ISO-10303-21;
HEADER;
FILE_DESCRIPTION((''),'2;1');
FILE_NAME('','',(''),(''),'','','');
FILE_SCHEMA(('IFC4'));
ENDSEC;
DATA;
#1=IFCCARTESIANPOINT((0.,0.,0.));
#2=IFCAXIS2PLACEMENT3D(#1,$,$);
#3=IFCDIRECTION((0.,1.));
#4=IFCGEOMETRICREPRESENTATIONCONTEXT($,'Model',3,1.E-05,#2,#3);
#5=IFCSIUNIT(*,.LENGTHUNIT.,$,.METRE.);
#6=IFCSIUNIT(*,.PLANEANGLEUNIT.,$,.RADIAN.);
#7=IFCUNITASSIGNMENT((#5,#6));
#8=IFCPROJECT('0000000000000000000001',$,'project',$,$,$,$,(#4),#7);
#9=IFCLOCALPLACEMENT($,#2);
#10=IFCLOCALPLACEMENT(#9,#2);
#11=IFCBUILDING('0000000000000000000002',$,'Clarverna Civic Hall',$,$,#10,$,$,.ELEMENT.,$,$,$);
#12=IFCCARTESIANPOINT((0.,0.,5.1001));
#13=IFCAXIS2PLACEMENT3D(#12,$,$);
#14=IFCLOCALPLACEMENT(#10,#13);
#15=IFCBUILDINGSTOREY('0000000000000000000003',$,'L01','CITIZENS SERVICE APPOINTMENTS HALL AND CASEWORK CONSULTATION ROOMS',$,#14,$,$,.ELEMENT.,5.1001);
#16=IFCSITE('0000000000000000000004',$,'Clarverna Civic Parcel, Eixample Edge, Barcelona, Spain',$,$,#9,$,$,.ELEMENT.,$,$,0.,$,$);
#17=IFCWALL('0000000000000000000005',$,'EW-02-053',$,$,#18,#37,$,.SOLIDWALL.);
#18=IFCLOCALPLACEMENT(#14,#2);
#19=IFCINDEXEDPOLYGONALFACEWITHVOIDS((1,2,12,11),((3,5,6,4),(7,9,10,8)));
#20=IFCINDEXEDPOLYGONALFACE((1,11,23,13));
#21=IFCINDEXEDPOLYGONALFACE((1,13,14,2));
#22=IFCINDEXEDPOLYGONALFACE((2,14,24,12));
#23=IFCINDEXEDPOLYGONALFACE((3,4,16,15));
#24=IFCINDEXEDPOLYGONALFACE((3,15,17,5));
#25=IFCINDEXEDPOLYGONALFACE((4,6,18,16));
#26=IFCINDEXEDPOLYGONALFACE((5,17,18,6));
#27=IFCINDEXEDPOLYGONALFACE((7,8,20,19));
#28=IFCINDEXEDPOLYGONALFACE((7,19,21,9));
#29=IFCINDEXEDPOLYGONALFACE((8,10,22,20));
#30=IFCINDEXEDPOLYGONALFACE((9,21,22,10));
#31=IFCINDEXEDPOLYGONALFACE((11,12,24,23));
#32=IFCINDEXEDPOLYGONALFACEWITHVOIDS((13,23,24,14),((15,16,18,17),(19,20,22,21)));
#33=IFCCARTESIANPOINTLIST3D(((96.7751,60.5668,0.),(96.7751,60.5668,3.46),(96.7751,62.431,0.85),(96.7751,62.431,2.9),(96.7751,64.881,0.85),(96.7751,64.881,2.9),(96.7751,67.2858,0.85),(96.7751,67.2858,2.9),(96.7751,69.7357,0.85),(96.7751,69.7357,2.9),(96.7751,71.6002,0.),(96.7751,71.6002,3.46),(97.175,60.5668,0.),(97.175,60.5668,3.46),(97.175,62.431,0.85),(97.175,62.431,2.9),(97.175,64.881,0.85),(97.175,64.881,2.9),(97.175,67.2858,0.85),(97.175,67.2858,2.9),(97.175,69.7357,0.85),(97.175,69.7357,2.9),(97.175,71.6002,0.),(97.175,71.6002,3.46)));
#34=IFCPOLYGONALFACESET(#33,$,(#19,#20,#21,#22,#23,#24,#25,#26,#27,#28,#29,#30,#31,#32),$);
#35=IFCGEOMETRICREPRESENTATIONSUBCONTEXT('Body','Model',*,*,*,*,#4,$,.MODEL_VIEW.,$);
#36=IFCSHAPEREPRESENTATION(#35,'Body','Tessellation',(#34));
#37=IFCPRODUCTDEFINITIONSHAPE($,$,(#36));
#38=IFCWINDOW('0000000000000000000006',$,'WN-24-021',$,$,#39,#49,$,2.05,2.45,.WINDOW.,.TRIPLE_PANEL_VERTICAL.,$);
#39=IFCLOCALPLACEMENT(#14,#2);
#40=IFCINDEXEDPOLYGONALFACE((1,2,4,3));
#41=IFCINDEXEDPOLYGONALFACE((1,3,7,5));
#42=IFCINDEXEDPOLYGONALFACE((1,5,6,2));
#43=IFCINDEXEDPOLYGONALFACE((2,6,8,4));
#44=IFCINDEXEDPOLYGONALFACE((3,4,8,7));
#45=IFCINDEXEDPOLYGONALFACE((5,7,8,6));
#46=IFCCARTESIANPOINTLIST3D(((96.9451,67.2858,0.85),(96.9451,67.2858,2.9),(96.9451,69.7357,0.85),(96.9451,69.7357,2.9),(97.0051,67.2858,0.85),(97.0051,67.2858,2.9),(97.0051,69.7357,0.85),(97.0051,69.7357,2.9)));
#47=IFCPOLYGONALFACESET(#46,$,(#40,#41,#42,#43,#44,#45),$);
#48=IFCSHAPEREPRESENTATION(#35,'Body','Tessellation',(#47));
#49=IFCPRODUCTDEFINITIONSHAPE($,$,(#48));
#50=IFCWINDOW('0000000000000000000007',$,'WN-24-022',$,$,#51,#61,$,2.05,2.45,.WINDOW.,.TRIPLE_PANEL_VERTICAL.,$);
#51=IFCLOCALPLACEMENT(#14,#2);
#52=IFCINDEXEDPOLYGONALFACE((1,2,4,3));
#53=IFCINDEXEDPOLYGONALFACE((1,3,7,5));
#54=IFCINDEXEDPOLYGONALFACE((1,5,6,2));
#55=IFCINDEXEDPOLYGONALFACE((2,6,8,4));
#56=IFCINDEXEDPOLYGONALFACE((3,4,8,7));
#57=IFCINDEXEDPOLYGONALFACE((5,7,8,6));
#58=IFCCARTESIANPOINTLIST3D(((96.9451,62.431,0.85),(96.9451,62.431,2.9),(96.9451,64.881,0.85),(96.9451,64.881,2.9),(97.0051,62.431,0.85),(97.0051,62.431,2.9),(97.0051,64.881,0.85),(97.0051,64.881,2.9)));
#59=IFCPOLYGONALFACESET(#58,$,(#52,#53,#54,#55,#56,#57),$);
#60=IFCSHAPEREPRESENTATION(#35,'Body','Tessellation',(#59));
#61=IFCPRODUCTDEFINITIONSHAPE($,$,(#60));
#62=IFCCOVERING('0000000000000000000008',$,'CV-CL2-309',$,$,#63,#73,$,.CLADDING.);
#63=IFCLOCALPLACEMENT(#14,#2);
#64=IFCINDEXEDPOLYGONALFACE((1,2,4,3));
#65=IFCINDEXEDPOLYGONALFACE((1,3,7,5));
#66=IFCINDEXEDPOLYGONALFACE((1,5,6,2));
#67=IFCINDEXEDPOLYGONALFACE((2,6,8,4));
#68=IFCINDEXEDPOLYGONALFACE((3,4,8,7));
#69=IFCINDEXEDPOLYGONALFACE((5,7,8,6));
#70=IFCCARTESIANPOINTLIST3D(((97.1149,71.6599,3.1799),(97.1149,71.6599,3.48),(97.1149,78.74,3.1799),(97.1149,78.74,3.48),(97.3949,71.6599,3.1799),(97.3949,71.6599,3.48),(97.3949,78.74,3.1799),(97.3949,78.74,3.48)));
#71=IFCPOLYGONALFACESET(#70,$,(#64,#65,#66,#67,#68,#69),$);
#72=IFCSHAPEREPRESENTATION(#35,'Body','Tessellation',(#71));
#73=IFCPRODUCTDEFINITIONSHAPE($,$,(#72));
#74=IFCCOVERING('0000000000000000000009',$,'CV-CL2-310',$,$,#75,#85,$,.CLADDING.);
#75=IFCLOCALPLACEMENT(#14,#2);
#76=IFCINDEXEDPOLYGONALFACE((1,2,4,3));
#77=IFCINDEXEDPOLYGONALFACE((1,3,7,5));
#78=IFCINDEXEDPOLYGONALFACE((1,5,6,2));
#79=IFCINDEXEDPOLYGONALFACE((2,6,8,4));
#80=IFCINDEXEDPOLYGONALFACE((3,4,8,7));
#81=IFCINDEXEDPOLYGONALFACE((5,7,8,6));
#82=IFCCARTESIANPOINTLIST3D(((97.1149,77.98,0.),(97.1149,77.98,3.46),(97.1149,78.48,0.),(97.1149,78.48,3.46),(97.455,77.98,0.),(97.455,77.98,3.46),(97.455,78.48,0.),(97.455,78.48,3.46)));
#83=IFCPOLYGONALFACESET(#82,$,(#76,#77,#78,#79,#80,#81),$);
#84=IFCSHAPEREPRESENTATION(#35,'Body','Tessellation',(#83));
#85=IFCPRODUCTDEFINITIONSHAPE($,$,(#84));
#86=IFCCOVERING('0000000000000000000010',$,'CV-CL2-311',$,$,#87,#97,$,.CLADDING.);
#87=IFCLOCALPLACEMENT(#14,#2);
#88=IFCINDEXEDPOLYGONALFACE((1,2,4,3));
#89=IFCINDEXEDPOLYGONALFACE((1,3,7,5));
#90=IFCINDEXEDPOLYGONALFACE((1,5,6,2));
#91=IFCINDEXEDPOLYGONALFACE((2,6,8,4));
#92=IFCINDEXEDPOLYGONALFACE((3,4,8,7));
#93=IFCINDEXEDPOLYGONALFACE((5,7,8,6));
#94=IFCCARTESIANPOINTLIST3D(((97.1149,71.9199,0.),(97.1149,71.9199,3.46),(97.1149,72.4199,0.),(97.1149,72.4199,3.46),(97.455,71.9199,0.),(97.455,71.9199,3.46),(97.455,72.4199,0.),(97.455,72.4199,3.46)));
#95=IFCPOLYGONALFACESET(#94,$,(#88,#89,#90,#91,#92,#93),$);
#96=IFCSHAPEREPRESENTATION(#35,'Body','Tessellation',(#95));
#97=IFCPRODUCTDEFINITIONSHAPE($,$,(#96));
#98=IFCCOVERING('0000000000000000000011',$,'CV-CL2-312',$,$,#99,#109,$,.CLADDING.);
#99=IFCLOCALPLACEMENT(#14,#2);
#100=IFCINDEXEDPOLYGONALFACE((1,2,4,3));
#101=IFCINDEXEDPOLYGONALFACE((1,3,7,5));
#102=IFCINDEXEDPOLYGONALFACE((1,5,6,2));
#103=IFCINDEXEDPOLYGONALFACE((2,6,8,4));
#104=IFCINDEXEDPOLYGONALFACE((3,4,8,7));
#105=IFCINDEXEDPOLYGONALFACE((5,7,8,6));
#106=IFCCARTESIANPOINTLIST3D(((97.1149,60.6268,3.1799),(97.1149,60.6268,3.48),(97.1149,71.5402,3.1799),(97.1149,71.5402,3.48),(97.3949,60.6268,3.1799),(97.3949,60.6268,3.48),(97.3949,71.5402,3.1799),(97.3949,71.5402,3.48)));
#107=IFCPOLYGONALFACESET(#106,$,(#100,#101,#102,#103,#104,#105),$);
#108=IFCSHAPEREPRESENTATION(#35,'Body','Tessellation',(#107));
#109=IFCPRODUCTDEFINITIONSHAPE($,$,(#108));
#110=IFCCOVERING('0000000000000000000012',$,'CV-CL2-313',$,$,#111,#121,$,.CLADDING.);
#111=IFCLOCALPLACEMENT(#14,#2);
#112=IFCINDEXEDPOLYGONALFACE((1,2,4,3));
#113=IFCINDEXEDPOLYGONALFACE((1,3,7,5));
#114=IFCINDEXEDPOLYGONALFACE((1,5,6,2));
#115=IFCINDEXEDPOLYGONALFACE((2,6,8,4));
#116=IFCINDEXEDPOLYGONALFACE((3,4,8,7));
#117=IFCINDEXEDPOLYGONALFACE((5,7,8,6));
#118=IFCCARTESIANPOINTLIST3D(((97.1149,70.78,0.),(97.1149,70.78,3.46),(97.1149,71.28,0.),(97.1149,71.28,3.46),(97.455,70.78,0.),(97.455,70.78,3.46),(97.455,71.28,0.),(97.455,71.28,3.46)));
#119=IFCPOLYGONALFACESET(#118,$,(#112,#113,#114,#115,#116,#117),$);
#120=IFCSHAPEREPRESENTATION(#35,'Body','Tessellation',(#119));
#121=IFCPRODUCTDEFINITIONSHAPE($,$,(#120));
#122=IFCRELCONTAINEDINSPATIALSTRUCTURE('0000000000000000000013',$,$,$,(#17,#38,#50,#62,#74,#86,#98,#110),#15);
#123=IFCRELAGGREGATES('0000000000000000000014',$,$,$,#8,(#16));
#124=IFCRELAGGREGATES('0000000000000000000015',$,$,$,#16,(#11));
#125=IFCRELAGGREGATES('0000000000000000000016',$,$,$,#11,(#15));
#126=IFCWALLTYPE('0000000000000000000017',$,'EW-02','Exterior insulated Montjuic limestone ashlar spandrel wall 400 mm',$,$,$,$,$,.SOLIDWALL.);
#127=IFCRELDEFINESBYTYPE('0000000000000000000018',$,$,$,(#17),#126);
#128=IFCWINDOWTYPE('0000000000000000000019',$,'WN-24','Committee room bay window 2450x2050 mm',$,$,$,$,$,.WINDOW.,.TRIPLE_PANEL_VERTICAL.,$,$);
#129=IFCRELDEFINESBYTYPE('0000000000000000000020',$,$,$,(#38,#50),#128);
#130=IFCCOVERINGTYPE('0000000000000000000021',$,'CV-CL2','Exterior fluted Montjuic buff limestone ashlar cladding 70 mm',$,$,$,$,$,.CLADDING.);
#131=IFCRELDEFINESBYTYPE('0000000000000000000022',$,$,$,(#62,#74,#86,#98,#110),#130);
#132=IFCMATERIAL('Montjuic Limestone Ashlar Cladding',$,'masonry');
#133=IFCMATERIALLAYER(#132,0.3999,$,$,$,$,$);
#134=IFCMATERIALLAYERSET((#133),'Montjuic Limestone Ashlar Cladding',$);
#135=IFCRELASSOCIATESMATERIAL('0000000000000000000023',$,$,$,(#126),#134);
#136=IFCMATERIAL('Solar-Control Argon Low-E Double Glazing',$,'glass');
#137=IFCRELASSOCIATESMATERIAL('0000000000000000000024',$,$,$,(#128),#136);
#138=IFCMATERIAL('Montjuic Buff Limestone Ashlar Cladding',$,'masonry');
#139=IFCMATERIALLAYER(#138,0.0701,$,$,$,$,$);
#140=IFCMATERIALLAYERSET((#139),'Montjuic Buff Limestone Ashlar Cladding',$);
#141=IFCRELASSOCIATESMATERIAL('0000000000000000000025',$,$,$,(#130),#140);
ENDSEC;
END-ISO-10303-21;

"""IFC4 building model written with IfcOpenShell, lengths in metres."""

from ifc_helpers import new_model, si_unit, direction, frame, frame_2d, origin, place, context, subcontext, project, spatial, rectangle, extrude, material, layer, layer_set, type_object, element, fill, save


model = new_model("IFC4")

# Units and contexts
model_context = context("Model", 3, precision=1e-05, world=origin(), true_north=direction((0.0, 1.0)))
body_context = subcontext(model_context, "Body", "Model", "MODEL_VIEW")
ifc_project = project(units=[si_unit("LENGTHUNIT", "METRE"), si_unit("PLANEANGLEUNIT", "RADIAN")], contexts=[model_context])

# Site, building, storey
site_placement = place(None, origin())
site = spatial("IfcSite", under=ifc_project, at=site_placement, Name="Clarverna Civic Parcel, Eixample Edge, Barcelona, Spain", CompositionType="ELEMENT", RefElevation=0.0)
building_placement = place(site_placement, origin())
building = spatial("IfcBuilding", under=site, at=building_placement, Name="Clarverna Civic Hall", CompositionType="ELEMENT")
storey_placement = place(building_placement, frame((0.0, 0.0, 5.1001)))
storey = spatial("IfcBuildingStorey", under=building, at=storey_placement, Name="L01", Description="CITIZENS SERVICE APPOINTMENTS HALL AND CASEWORK CONSULTATION ROOMS", CompositionType="ELEMENT", Elevation=5.1001)

# Shared definitions
ifc_material_1 = material(Name="Solar-Control Argon Low-E Double Glazing", Category="glass")

# Wall, openings, windows
ifc_material_2 = material(Name="Montjuic Limestone Ashlar Cladding", Category="masonry")
ifc_layer_1 = layer(ifc_material_2, 0.3999)
ifc_layer_set_1 = layer_set([ifc_layer_1], Name="Montjuic Limestone Ashlar Cladding")
wall_type = type_object("IfcWallType", Name="EW-02", Description="Exterior insulated Montjuic limestone ashlar spandrel wall 400 mm", PredefinedType="SOLIDWALL", material=ifc_layer_set_1)
wall_1_placement = place(storey_placement, frame((96.9751, 71.6001, 0.0), z_axis=(0.0, 0.0, 1.0), x_axis=(0.0, -1.0, 0.0)))
wall_1 = element("IfcWall", 1, at=wall_1_placement, inside=storey, type_object=wall_type, Name="EW-02-053", PredefinedType="SOLIDWALL", context=body_context, shape_type="SweptSolid", body=[
    extrude(rectangle(XDim=11.0334, YDim=0.3999, at=frame_2d((5.5166, 0.0))), origin(), (0.0, 0.0, 1.0), 3.46),
])
opening_1_placement = place(wall_1_placement, frame((1.8643, 0.0, 0.8501)))
opening_1 = element("IfcOpeningElement", 2, at=opening_1_placement, cuts=wall_1, PredefinedType="OPENING", context=body_context, shape_type="SweptSolid", body=[
    extrude(rectangle(XDim=2.45, YDim=2.05, at=frame_2d((1.2251, 1.0249))), frame((0.0, 0.21, 0.0), z_axis=(0.0, -1.0, 0.0), x_axis=(1.0, 0.0, 0.0)), (0.0, 0.0, 1.0), 0.4199),
])
opening_2_placement = place(wall_1_placement, frame((6.719, 0.0, 0.8501)))
opening_2 = element("IfcOpeningElement", 3, at=opening_2_placement, cuts=wall_1, PredefinedType="OPENING", context=body_context, shape_type="SweptSolid", body=[
    extrude(rectangle(XDim=2.45, YDim=2.05, at=frame_2d((1.2251, 1.0249))), frame((0.0, 0.21, 0.0), z_axis=(0.0, -1.0, 0.0), x_axis=(1.0, 0.0, 0.0)), (0.0, 0.0, 1.0), 0.4199),
])
window_type_1 = type_object("IfcWindowType", Name="WN-24", Description="Committee room bay window 2450x2050 mm", PartitioningType="TRIPLE_PANEL_VERTICAL", PredefinedType="WINDOW", material=ifc_material_1)
window_1_placement = place(opening_1_placement, origin())
window_1 = element("IfcWindow", 4, at=window_1_placement, inside=storey, type_object=window_type_1, Name="WN-24-021", OverallHeight=2.05, OverallWidth=2.45, PartitioningType="TRIPLE_PANEL_VERTICAL", PredefinedType="WINDOW", context=body_context, shape_type="SweptSolid", body=[
    extrude(rectangle(XDim=2.45, YDim=2.05, at=frame_2d((1.2251, 1.0249))), frame((0.0, 0.03, 0.0), z_axis=(0.0, -1.0, 0.0), x_axis=(1.0, 0.0, 0.0)), (0.0, 0.0, 1.0), 0.0601),
])
fill(opening_1, window_1)
window_2_placement = place(opening_2_placement, origin())
window_2 = element("IfcWindow", 5, at=window_2_placement, inside=storey, type_object=window_type_1, Name="WN-24-022", OverallHeight=2.05, OverallWidth=2.45, PartitioningType="TRIPLE_PANEL_VERTICAL", PredefinedType="WINDOW", context=body_context, shape_type="SweptSolid", body=[
    extrude(rectangle(XDim=2.45, YDim=2.05, at=frame_2d((1.2251, 1.0249))), frame((0.0, 0.03, 0.0), z_axis=(0.0, -1.0, 0.0), x_axis=(1.0, 0.0, 0.0)), (0.0, 0.0, 1.0), 0.0601),
])
fill(opening_2, window_2)

# Coverings
ifc_material_3 = material(Name="Montjuic Buff Limestone Ashlar Cladding", Category="masonry")
ifc_layer_2 = layer(ifc_material_3, 0.0701)
ifc_layer_set_2 = layer_set([ifc_layer_2], Name="Montjuic Buff Limestone Ashlar Cladding")
covering_type = type_object("IfcCoveringType", Name="CV-CL2", Description="Exterior fluted Montjuic buff limestone ashlar cladding 70 mm", PredefinedType="CLADDING", material=ifc_layer_set_2)
covering_1_placement = place(storey_placement, frame((97.2549, 78.74, 3.1799), z_axis=(0.0, 0.0, 1.0), x_axis=(0.0, -1.0, 0.0)))
element("IfcCovering", 6, at=covering_1_placement, inside=storey, type_object=covering_type, Name="CV-CL2-309", PredefinedType="CLADDING", context=body_context, shape_type="SweptSolid", body=[
    extrude(rectangle(XDim=7.0801, YDim=0.28, at=frame_2d((3.54, 0.0))), origin(), (0.0, 0.0, 1.0), 0.3),
])
for number, where, z_axis, x_axis, name in (
    (7, (97.2849, 78.48, 0.0), (0.0, 0.0, 1.0), (0.0, -1.0, 0.0), "CV-CL2-310"),
    (8, (97.2849, 72.4199, 0.0), (0.0, 0.0, 1.0), (0.0, -1.0, 0.0), "CV-CL2-311"),
):
    element("IfcCovering", number, at=place(storey_placement, frame(where, z_axis=z_axis, x_axis=x_axis)), inside=storey, type_object=covering_type, Name=name, PredefinedType="CLADDING", context=body_context, shape_type="SweptSolid", body=[
        extrude(rectangle(XDim=0.5, YDim=0.3401, at=frame_2d((0.25, 0.0))), origin(), (0.0, 0.0, 1.0), 3.46),
    ])
covering_2_placement = place(storey_placement, frame((97.2549, 71.54, 3.1799), z_axis=(0.0, 0.0, 1.0), x_axis=(0.0, -1.0, 0.0)))
element("IfcCovering", 9, at=covering_2_placement, inside=storey, type_object=covering_type, Name="CV-CL2-312", PredefinedType="CLADDING", context=body_context, shape_type="SweptSolid", body=[
    extrude(rectangle(XDim=10.9133, YDim=0.28, at=frame_2d((5.4565, 0.0))), origin(), (0.0, 0.0, 1.0), 0.3),
])
covering_3_placement = place(storey_placement, frame((97.2849, 71.28, 0.0), z_axis=(0.0, 0.0, 1.0), x_axis=(0.0, -1.0, 0.0)))
element("IfcCovering", 10, at=covering_3_placement, inside=storey, type_object=covering_type, Name="CV-CL2-313", PredefinedType="CLADDING", context=body_context, shape_type="SweptSolid", body=[
    extrude(rectangle(XDim=0.5, YDim=0.3401, at=frame_2d((0.25, 0.0))), origin(), (0.0, 0.0, 1.0), 3.46),
])

save(model, "model.ifc")
